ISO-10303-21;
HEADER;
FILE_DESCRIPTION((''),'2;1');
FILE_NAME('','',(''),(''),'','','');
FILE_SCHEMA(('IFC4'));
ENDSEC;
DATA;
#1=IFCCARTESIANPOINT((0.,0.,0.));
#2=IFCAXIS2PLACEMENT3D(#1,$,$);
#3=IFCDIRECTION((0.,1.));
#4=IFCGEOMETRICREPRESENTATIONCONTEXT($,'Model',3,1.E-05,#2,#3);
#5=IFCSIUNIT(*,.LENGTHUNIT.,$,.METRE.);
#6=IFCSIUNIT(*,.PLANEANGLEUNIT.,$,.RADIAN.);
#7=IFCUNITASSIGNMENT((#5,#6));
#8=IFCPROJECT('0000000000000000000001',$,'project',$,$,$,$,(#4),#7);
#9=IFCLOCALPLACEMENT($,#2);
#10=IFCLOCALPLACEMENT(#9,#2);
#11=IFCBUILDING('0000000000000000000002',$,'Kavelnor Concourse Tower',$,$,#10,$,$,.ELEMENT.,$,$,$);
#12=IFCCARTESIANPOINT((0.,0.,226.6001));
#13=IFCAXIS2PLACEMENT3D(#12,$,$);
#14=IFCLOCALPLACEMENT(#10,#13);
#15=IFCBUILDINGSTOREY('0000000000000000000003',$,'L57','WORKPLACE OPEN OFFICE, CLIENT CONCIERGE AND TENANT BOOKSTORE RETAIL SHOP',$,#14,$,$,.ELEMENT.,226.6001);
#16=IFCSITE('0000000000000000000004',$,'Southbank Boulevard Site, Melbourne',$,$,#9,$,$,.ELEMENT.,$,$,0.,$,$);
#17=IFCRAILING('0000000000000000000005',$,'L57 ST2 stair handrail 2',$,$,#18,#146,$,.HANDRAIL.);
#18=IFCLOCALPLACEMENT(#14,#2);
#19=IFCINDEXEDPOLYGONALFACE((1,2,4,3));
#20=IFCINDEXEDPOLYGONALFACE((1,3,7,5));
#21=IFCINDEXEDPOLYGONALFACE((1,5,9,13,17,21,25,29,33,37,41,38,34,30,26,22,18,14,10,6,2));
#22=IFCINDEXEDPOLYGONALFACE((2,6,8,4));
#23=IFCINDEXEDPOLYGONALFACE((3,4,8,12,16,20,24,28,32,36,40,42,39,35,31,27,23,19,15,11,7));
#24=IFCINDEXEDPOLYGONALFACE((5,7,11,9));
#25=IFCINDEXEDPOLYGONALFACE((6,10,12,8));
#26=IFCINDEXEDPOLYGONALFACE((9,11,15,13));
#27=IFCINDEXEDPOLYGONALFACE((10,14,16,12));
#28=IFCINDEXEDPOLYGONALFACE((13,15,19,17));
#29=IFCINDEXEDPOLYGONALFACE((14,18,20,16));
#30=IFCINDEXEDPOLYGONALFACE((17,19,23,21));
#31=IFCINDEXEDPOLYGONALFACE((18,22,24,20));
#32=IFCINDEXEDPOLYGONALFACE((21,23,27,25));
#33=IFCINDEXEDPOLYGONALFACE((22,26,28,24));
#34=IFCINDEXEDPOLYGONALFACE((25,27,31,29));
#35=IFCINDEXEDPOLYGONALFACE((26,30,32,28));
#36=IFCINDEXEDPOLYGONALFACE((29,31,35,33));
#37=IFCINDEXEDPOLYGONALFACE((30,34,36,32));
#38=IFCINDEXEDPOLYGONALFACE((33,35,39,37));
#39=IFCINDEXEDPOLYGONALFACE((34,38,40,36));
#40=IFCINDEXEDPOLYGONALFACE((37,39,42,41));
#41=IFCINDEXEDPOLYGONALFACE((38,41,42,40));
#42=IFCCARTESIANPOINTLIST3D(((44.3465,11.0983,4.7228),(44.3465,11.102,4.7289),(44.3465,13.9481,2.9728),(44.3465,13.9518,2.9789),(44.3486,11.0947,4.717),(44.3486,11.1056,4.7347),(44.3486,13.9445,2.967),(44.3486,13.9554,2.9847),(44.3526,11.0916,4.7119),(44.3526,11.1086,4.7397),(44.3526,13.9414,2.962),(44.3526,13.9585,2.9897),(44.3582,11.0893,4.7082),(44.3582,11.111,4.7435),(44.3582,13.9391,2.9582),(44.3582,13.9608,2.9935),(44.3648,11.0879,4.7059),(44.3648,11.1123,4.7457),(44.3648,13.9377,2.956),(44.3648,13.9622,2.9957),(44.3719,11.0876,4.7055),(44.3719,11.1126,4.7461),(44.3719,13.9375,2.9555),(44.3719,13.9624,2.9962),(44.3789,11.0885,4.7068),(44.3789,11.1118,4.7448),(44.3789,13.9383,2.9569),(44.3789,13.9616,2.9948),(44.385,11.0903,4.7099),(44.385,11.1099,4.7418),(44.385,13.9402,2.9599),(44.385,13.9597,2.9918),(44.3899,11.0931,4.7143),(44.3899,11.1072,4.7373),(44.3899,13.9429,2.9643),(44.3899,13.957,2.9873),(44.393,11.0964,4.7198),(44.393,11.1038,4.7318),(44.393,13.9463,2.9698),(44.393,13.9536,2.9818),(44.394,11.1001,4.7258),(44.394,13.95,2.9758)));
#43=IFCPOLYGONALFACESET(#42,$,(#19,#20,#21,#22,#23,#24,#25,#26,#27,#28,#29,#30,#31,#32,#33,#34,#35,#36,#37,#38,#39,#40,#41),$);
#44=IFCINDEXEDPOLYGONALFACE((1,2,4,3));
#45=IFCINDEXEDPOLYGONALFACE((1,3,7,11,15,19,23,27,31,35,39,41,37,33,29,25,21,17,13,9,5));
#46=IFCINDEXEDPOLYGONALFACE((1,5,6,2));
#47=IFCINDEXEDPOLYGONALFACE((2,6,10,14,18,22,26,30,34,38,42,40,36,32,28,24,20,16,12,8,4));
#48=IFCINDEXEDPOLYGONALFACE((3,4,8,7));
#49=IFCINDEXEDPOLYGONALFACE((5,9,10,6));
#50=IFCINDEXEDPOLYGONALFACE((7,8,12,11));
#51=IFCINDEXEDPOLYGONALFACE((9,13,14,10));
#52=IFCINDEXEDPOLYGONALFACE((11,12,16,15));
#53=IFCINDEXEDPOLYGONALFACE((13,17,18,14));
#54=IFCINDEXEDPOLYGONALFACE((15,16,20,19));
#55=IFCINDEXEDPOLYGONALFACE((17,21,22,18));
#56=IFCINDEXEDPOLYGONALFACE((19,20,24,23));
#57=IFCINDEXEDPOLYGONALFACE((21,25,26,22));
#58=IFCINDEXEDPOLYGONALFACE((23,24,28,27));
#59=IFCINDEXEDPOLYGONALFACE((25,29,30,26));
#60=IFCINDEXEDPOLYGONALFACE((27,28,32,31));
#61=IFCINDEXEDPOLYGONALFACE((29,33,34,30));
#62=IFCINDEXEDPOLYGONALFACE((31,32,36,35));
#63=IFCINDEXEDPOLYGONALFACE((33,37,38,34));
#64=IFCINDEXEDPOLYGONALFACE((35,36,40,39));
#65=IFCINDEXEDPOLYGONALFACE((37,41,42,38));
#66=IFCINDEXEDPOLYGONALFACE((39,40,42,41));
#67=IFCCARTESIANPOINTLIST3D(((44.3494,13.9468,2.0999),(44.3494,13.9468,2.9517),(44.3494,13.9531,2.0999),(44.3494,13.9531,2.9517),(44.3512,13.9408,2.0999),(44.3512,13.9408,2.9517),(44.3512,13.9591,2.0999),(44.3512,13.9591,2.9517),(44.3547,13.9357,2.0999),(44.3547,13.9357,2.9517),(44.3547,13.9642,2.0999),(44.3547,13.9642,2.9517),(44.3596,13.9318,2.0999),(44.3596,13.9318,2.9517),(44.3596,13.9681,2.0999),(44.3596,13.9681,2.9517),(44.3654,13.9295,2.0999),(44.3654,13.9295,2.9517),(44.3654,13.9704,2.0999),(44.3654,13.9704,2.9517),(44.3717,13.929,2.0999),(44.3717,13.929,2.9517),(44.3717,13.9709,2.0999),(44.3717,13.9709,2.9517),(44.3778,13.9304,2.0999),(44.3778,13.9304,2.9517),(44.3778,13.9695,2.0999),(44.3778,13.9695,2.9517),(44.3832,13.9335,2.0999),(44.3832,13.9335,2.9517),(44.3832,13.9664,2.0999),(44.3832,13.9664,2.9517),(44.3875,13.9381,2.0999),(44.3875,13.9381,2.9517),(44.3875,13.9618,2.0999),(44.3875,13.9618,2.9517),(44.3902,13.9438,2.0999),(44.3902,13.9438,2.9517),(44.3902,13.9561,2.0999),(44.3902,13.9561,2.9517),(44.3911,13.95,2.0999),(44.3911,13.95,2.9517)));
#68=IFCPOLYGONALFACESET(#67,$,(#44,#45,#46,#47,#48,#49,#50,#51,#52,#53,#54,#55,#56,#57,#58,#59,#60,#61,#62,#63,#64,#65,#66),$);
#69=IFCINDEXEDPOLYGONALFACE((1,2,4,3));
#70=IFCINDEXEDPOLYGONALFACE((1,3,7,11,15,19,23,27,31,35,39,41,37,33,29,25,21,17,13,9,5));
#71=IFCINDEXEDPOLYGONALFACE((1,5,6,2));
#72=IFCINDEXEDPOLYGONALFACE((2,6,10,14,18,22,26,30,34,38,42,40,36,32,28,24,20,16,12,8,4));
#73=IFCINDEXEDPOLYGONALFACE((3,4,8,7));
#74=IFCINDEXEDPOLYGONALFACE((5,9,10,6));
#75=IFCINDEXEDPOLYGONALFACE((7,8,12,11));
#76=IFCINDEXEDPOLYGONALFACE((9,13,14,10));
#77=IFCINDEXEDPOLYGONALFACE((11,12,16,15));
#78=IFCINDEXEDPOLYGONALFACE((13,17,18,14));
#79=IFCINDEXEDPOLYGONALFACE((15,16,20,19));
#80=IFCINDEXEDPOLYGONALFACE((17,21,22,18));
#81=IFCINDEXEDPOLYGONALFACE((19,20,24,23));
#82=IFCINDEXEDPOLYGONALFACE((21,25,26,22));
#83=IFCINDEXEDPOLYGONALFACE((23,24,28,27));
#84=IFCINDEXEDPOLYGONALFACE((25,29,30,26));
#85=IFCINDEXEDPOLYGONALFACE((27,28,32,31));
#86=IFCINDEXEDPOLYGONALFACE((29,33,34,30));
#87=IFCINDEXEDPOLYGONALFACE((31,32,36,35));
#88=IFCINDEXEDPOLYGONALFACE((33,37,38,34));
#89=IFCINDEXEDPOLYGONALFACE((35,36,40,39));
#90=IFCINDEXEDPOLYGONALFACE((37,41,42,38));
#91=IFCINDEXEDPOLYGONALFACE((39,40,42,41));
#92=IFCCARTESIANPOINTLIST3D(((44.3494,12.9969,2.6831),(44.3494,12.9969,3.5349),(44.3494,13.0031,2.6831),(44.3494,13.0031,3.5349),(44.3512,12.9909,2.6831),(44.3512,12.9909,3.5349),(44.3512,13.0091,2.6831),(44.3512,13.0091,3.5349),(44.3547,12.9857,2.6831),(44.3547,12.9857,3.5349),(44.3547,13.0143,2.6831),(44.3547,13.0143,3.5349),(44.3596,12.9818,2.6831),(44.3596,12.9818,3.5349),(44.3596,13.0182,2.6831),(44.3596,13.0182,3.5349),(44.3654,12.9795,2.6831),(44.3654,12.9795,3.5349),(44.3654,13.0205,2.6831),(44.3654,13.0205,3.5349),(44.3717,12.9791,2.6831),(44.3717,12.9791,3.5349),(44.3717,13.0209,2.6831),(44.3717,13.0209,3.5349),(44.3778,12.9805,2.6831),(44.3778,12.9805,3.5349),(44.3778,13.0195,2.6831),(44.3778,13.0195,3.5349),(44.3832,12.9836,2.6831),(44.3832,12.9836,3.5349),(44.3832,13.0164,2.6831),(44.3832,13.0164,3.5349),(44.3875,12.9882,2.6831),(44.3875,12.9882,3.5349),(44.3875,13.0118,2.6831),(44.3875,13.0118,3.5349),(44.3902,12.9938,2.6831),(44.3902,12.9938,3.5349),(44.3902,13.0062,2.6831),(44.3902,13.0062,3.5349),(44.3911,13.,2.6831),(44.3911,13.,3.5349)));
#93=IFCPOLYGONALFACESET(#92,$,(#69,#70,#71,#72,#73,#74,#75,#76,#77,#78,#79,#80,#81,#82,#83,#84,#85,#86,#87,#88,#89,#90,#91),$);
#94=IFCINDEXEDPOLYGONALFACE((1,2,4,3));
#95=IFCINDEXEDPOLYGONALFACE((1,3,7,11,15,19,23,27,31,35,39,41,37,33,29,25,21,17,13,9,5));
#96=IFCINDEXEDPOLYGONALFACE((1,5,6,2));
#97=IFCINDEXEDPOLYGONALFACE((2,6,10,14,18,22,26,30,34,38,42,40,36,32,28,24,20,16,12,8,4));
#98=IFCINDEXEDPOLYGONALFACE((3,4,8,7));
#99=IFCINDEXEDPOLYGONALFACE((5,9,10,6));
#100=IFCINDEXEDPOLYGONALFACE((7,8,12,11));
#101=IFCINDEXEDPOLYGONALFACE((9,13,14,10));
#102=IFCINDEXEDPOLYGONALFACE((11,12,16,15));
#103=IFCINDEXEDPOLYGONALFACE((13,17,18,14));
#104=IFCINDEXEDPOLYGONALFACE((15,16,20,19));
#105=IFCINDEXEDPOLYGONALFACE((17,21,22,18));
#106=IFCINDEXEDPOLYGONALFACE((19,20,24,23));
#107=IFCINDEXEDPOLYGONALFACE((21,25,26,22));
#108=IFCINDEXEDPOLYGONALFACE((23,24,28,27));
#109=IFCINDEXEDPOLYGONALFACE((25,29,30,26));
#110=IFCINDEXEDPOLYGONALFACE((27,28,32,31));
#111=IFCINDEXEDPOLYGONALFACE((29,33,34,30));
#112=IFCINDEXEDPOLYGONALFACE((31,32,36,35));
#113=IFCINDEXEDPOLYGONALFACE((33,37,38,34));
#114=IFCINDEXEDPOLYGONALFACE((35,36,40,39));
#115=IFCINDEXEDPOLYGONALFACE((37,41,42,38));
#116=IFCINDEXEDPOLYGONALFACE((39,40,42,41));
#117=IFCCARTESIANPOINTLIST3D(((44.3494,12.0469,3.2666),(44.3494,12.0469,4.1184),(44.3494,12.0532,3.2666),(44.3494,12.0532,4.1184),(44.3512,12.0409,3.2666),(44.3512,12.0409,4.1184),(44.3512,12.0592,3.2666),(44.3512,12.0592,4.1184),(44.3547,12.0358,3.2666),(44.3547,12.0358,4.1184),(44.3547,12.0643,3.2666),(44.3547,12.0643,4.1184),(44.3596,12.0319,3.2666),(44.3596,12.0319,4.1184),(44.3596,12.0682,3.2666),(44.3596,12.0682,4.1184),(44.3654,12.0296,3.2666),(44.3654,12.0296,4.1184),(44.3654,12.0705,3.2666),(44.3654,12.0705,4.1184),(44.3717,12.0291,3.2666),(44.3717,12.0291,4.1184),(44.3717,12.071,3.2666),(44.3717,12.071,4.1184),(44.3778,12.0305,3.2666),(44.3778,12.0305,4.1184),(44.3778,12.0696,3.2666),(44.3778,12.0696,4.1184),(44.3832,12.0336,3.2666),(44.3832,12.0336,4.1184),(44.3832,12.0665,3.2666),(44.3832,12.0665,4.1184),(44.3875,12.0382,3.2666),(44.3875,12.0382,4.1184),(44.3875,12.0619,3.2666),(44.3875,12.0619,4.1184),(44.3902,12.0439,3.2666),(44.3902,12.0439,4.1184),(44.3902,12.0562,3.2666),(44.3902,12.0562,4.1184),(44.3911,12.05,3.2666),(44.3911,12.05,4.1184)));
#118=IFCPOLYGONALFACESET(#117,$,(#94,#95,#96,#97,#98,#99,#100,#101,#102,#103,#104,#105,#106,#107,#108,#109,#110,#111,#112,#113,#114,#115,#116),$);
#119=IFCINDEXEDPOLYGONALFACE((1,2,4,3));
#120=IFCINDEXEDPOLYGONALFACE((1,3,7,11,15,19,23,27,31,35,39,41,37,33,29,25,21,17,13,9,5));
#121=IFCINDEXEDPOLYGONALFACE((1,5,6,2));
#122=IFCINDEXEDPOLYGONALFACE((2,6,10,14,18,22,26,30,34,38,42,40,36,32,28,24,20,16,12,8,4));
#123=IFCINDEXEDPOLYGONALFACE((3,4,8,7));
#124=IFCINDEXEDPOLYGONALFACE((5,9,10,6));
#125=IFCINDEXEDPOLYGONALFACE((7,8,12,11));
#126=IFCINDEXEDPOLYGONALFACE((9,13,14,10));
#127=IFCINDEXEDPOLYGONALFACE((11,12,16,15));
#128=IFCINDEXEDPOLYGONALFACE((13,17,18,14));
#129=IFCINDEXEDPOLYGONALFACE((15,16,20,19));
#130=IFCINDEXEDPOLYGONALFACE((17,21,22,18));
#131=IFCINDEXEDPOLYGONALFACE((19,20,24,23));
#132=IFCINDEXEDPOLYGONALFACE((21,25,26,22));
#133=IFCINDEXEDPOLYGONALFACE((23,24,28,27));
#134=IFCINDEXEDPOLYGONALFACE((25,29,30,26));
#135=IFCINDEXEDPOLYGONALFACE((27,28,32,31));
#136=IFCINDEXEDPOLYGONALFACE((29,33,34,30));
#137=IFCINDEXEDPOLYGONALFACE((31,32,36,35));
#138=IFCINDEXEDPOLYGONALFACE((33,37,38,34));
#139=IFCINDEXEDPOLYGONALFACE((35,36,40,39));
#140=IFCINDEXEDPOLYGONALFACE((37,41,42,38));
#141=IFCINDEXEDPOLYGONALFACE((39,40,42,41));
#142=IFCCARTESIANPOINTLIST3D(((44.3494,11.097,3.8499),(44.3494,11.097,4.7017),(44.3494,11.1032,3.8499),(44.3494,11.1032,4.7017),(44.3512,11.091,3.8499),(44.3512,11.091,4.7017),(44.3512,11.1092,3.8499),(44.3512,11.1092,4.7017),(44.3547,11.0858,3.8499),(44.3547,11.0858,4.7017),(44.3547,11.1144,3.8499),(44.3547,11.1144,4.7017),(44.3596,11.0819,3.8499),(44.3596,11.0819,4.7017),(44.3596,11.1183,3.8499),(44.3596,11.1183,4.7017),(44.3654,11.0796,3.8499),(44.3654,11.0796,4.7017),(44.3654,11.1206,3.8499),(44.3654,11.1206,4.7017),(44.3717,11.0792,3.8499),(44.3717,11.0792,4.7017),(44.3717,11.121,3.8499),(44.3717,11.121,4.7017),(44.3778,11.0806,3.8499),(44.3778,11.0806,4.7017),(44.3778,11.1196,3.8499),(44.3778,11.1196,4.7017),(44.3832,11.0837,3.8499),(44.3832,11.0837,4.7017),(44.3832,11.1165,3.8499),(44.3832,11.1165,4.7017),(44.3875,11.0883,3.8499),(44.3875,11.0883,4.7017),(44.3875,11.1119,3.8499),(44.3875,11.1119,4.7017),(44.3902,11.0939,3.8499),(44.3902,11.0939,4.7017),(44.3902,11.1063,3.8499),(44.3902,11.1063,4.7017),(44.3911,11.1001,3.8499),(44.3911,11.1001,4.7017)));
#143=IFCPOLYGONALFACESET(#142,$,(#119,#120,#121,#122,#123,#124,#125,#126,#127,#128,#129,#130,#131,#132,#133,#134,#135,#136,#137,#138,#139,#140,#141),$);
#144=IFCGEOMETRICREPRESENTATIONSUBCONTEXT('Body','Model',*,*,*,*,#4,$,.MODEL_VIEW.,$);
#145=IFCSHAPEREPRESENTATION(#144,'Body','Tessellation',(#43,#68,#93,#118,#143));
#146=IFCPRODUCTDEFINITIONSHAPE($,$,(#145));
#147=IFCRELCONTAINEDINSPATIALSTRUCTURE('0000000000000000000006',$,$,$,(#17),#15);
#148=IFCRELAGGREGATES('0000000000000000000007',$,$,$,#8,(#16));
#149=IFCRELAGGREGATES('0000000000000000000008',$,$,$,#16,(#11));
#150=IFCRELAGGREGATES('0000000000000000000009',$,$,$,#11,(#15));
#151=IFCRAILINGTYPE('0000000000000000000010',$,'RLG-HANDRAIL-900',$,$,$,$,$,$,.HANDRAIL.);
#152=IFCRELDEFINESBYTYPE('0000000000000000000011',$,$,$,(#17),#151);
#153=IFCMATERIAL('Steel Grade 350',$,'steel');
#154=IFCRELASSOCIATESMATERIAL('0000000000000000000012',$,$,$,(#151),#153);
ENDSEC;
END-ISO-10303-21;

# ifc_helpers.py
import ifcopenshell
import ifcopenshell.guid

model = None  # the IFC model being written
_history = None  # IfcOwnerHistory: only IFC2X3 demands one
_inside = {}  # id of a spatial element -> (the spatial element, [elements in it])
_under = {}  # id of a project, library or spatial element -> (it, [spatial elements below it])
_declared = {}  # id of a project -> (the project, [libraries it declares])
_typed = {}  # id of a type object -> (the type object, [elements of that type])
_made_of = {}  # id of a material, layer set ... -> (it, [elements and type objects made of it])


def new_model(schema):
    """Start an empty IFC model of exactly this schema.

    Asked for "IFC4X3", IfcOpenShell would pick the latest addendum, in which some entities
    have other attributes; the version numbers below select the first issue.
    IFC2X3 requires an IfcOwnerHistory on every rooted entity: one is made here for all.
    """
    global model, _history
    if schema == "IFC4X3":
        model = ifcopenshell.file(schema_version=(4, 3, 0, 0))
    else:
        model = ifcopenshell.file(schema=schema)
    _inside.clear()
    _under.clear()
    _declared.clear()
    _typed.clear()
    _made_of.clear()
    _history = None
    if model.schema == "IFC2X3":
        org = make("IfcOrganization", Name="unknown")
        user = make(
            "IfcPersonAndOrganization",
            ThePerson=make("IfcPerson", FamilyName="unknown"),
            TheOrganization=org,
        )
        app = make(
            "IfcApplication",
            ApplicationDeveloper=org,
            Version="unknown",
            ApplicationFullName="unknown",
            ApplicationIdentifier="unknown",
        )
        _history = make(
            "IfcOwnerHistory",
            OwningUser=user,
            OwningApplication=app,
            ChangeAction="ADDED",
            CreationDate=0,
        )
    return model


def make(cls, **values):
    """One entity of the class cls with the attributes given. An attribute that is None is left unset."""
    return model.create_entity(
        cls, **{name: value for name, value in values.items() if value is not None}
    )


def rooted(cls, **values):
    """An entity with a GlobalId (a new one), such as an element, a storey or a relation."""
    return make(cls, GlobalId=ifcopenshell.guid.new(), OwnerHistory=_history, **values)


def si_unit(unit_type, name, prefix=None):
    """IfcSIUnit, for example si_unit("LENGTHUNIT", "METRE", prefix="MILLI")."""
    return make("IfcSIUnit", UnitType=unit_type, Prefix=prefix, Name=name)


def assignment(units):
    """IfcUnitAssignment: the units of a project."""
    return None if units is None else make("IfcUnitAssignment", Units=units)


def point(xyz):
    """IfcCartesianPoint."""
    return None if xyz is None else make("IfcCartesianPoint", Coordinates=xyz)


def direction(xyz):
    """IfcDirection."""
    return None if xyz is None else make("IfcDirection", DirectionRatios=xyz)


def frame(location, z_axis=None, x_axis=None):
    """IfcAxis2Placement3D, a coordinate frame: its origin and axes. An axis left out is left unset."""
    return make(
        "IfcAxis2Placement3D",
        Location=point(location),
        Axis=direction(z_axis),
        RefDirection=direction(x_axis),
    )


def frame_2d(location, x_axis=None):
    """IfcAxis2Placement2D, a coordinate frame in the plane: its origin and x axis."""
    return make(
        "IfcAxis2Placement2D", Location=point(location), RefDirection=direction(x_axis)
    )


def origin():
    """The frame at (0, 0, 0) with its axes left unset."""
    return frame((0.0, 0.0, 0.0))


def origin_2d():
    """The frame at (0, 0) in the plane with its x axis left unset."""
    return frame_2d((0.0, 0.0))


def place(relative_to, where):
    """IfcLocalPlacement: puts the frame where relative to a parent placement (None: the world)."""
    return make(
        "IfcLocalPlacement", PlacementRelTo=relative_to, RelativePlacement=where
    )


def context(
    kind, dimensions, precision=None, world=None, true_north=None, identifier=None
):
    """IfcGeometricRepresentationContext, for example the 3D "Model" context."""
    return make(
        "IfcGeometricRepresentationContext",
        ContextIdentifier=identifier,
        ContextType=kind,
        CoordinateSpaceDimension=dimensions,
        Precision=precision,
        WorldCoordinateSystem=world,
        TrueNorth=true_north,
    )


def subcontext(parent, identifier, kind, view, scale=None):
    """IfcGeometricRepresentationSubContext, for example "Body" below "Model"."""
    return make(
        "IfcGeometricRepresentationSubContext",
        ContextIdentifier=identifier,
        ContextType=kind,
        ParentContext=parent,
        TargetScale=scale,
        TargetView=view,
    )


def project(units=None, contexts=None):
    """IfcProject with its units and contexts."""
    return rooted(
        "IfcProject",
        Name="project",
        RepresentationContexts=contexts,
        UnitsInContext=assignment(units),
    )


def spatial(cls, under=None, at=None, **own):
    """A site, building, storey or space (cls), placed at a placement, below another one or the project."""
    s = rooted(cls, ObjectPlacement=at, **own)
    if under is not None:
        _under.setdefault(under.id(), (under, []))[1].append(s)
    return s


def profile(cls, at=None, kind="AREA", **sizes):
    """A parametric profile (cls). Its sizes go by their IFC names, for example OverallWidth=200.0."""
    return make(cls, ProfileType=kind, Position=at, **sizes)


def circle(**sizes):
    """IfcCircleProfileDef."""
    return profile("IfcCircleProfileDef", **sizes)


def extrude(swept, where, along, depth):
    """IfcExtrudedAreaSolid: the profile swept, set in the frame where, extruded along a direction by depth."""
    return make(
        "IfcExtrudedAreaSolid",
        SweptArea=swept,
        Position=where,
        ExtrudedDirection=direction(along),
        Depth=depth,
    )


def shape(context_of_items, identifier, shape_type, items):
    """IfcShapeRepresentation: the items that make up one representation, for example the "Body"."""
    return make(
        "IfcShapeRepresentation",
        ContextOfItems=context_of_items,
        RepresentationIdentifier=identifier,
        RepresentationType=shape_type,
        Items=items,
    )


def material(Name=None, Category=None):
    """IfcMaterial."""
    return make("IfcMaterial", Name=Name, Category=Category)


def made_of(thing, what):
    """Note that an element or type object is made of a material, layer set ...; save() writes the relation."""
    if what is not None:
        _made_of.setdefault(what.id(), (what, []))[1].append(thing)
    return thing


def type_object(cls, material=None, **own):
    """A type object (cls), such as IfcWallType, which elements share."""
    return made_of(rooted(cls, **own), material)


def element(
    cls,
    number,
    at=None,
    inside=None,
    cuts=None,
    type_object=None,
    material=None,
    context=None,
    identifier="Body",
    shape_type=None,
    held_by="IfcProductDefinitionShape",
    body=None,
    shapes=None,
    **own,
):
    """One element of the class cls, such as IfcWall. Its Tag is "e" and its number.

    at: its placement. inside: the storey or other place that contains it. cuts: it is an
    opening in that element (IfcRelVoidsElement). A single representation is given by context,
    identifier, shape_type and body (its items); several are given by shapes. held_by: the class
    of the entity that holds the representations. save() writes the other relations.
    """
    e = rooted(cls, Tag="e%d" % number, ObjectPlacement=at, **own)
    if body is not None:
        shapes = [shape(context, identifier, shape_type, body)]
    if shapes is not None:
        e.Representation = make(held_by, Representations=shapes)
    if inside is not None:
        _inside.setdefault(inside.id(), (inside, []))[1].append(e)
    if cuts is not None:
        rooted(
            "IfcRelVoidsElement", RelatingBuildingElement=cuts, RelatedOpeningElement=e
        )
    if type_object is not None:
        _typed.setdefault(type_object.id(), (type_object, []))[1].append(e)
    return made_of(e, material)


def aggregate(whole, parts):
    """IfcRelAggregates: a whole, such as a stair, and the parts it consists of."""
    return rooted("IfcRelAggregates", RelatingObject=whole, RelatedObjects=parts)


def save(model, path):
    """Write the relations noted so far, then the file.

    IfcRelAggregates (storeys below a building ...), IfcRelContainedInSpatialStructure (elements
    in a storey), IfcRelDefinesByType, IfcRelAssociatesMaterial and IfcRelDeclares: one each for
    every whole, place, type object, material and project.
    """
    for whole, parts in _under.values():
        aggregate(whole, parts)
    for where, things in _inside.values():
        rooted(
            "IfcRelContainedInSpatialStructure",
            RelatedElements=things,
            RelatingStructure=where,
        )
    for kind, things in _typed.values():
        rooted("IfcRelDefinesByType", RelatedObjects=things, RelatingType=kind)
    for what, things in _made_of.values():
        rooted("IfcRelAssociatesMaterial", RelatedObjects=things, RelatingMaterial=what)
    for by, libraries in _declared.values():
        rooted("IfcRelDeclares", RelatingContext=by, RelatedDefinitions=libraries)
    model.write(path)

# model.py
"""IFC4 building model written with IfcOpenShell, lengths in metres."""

from ifc_helpers import new_model, si_unit, direction, frame, origin, origin_2d, place, context, subcontext, project, spatial, circle, extrude, material, type_object, element, save


model = new_model("IFC4")

# Units and contexts
model_context = context("Model", 3, precision=1e-05, world=origin(), true_north=direction((0.0, 1.0)))
body_context = subcontext(model_context, "Body", "Model", "MODEL_VIEW")
ifc_project = project(units=[si_unit("LENGTHUNIT", "METRE"), si_unit("PLANEANGLEUNIT", "RADIAN")], contexts=[model_context])

# Site, building, storey
site_placement = place(None, origin())
site = spatial("IfcSite", under=ifc_project, at=site_placement, Name="Southbank Boulevard Site, Melbourne", CompositionType="ELEMENT", RefElevation=0.0)
building_placement = place(site_placement, origin())
building = spatial("IfcBuilding", under=site, at=building_placement, Name="Kavelnor Concourse Tower", CompositionType="ELEMENT")
storey_placement = place(building_placement, frame((0.0, 0.0, 226.6001)))
storey = spatial("IfcBuildingStorey", under=building, at=storey_placement, Name="L57", Description="WORKPLACE OPEN OFFICE, CLIENT CONCIERGE AND TENANT BOOKSTORE RETAIL SHOP", CompositionType="ELEMENT", Elevation=226.6001)

# Shared definitions
ifc_material_1 = material(Name="Steel Grade 350", Category="steel")

# Railing
railing_type_1 = type_object("IfcRailingType", Name="RLG-HANDRAIL-900", PredefinedType="HANDRAIL", material=ifc_material_1)
railing_1_placement = place(storey_placement, frame((44.3701, 13.95, 2.0999)))
element("IfcRailing", 1, at=railing_1_placement, inside=storey, type_object=railing_type_1, Name="L57 ST2 stair handrail 2", PredefinedType="HANDRAIL", context=body_context, shape_type="SweptSolid", body=[
    extrude(circle(Radius=0.0239, at=origin_2d()), frame((0.0, 0.0, 0.876), z_axis=(0.0, -0.852159, 0.523283), x_axis=(1.0, 0.0, 0.0)), (0.0, 0.0, 1.0), 3.3442),
    extrude(circle(Radius=0.021, at=origin_2d()), origin(), (0.0, 0.0, 1.0), 0.8518),
    extrude(circle(Radius=0.021, at=origin_2d()), frame((0.0, -0.95, 0.5833)), (0.0, 0.0, 1.0), 0.8518),
    extrude(circle(Radius=0.021, at=origin_2d()), frame((0.0, -1.8999, 1.1667)), (0.0, 0.0, 1.0), 0.8518),
    extrude(circle(Radius=0.021, at=origin_2d()), frame((0.0, -2.8499, 1.75)), (0.0, 0.0, 1.0), 0.8518),
])

save(model, "model.ifc")
